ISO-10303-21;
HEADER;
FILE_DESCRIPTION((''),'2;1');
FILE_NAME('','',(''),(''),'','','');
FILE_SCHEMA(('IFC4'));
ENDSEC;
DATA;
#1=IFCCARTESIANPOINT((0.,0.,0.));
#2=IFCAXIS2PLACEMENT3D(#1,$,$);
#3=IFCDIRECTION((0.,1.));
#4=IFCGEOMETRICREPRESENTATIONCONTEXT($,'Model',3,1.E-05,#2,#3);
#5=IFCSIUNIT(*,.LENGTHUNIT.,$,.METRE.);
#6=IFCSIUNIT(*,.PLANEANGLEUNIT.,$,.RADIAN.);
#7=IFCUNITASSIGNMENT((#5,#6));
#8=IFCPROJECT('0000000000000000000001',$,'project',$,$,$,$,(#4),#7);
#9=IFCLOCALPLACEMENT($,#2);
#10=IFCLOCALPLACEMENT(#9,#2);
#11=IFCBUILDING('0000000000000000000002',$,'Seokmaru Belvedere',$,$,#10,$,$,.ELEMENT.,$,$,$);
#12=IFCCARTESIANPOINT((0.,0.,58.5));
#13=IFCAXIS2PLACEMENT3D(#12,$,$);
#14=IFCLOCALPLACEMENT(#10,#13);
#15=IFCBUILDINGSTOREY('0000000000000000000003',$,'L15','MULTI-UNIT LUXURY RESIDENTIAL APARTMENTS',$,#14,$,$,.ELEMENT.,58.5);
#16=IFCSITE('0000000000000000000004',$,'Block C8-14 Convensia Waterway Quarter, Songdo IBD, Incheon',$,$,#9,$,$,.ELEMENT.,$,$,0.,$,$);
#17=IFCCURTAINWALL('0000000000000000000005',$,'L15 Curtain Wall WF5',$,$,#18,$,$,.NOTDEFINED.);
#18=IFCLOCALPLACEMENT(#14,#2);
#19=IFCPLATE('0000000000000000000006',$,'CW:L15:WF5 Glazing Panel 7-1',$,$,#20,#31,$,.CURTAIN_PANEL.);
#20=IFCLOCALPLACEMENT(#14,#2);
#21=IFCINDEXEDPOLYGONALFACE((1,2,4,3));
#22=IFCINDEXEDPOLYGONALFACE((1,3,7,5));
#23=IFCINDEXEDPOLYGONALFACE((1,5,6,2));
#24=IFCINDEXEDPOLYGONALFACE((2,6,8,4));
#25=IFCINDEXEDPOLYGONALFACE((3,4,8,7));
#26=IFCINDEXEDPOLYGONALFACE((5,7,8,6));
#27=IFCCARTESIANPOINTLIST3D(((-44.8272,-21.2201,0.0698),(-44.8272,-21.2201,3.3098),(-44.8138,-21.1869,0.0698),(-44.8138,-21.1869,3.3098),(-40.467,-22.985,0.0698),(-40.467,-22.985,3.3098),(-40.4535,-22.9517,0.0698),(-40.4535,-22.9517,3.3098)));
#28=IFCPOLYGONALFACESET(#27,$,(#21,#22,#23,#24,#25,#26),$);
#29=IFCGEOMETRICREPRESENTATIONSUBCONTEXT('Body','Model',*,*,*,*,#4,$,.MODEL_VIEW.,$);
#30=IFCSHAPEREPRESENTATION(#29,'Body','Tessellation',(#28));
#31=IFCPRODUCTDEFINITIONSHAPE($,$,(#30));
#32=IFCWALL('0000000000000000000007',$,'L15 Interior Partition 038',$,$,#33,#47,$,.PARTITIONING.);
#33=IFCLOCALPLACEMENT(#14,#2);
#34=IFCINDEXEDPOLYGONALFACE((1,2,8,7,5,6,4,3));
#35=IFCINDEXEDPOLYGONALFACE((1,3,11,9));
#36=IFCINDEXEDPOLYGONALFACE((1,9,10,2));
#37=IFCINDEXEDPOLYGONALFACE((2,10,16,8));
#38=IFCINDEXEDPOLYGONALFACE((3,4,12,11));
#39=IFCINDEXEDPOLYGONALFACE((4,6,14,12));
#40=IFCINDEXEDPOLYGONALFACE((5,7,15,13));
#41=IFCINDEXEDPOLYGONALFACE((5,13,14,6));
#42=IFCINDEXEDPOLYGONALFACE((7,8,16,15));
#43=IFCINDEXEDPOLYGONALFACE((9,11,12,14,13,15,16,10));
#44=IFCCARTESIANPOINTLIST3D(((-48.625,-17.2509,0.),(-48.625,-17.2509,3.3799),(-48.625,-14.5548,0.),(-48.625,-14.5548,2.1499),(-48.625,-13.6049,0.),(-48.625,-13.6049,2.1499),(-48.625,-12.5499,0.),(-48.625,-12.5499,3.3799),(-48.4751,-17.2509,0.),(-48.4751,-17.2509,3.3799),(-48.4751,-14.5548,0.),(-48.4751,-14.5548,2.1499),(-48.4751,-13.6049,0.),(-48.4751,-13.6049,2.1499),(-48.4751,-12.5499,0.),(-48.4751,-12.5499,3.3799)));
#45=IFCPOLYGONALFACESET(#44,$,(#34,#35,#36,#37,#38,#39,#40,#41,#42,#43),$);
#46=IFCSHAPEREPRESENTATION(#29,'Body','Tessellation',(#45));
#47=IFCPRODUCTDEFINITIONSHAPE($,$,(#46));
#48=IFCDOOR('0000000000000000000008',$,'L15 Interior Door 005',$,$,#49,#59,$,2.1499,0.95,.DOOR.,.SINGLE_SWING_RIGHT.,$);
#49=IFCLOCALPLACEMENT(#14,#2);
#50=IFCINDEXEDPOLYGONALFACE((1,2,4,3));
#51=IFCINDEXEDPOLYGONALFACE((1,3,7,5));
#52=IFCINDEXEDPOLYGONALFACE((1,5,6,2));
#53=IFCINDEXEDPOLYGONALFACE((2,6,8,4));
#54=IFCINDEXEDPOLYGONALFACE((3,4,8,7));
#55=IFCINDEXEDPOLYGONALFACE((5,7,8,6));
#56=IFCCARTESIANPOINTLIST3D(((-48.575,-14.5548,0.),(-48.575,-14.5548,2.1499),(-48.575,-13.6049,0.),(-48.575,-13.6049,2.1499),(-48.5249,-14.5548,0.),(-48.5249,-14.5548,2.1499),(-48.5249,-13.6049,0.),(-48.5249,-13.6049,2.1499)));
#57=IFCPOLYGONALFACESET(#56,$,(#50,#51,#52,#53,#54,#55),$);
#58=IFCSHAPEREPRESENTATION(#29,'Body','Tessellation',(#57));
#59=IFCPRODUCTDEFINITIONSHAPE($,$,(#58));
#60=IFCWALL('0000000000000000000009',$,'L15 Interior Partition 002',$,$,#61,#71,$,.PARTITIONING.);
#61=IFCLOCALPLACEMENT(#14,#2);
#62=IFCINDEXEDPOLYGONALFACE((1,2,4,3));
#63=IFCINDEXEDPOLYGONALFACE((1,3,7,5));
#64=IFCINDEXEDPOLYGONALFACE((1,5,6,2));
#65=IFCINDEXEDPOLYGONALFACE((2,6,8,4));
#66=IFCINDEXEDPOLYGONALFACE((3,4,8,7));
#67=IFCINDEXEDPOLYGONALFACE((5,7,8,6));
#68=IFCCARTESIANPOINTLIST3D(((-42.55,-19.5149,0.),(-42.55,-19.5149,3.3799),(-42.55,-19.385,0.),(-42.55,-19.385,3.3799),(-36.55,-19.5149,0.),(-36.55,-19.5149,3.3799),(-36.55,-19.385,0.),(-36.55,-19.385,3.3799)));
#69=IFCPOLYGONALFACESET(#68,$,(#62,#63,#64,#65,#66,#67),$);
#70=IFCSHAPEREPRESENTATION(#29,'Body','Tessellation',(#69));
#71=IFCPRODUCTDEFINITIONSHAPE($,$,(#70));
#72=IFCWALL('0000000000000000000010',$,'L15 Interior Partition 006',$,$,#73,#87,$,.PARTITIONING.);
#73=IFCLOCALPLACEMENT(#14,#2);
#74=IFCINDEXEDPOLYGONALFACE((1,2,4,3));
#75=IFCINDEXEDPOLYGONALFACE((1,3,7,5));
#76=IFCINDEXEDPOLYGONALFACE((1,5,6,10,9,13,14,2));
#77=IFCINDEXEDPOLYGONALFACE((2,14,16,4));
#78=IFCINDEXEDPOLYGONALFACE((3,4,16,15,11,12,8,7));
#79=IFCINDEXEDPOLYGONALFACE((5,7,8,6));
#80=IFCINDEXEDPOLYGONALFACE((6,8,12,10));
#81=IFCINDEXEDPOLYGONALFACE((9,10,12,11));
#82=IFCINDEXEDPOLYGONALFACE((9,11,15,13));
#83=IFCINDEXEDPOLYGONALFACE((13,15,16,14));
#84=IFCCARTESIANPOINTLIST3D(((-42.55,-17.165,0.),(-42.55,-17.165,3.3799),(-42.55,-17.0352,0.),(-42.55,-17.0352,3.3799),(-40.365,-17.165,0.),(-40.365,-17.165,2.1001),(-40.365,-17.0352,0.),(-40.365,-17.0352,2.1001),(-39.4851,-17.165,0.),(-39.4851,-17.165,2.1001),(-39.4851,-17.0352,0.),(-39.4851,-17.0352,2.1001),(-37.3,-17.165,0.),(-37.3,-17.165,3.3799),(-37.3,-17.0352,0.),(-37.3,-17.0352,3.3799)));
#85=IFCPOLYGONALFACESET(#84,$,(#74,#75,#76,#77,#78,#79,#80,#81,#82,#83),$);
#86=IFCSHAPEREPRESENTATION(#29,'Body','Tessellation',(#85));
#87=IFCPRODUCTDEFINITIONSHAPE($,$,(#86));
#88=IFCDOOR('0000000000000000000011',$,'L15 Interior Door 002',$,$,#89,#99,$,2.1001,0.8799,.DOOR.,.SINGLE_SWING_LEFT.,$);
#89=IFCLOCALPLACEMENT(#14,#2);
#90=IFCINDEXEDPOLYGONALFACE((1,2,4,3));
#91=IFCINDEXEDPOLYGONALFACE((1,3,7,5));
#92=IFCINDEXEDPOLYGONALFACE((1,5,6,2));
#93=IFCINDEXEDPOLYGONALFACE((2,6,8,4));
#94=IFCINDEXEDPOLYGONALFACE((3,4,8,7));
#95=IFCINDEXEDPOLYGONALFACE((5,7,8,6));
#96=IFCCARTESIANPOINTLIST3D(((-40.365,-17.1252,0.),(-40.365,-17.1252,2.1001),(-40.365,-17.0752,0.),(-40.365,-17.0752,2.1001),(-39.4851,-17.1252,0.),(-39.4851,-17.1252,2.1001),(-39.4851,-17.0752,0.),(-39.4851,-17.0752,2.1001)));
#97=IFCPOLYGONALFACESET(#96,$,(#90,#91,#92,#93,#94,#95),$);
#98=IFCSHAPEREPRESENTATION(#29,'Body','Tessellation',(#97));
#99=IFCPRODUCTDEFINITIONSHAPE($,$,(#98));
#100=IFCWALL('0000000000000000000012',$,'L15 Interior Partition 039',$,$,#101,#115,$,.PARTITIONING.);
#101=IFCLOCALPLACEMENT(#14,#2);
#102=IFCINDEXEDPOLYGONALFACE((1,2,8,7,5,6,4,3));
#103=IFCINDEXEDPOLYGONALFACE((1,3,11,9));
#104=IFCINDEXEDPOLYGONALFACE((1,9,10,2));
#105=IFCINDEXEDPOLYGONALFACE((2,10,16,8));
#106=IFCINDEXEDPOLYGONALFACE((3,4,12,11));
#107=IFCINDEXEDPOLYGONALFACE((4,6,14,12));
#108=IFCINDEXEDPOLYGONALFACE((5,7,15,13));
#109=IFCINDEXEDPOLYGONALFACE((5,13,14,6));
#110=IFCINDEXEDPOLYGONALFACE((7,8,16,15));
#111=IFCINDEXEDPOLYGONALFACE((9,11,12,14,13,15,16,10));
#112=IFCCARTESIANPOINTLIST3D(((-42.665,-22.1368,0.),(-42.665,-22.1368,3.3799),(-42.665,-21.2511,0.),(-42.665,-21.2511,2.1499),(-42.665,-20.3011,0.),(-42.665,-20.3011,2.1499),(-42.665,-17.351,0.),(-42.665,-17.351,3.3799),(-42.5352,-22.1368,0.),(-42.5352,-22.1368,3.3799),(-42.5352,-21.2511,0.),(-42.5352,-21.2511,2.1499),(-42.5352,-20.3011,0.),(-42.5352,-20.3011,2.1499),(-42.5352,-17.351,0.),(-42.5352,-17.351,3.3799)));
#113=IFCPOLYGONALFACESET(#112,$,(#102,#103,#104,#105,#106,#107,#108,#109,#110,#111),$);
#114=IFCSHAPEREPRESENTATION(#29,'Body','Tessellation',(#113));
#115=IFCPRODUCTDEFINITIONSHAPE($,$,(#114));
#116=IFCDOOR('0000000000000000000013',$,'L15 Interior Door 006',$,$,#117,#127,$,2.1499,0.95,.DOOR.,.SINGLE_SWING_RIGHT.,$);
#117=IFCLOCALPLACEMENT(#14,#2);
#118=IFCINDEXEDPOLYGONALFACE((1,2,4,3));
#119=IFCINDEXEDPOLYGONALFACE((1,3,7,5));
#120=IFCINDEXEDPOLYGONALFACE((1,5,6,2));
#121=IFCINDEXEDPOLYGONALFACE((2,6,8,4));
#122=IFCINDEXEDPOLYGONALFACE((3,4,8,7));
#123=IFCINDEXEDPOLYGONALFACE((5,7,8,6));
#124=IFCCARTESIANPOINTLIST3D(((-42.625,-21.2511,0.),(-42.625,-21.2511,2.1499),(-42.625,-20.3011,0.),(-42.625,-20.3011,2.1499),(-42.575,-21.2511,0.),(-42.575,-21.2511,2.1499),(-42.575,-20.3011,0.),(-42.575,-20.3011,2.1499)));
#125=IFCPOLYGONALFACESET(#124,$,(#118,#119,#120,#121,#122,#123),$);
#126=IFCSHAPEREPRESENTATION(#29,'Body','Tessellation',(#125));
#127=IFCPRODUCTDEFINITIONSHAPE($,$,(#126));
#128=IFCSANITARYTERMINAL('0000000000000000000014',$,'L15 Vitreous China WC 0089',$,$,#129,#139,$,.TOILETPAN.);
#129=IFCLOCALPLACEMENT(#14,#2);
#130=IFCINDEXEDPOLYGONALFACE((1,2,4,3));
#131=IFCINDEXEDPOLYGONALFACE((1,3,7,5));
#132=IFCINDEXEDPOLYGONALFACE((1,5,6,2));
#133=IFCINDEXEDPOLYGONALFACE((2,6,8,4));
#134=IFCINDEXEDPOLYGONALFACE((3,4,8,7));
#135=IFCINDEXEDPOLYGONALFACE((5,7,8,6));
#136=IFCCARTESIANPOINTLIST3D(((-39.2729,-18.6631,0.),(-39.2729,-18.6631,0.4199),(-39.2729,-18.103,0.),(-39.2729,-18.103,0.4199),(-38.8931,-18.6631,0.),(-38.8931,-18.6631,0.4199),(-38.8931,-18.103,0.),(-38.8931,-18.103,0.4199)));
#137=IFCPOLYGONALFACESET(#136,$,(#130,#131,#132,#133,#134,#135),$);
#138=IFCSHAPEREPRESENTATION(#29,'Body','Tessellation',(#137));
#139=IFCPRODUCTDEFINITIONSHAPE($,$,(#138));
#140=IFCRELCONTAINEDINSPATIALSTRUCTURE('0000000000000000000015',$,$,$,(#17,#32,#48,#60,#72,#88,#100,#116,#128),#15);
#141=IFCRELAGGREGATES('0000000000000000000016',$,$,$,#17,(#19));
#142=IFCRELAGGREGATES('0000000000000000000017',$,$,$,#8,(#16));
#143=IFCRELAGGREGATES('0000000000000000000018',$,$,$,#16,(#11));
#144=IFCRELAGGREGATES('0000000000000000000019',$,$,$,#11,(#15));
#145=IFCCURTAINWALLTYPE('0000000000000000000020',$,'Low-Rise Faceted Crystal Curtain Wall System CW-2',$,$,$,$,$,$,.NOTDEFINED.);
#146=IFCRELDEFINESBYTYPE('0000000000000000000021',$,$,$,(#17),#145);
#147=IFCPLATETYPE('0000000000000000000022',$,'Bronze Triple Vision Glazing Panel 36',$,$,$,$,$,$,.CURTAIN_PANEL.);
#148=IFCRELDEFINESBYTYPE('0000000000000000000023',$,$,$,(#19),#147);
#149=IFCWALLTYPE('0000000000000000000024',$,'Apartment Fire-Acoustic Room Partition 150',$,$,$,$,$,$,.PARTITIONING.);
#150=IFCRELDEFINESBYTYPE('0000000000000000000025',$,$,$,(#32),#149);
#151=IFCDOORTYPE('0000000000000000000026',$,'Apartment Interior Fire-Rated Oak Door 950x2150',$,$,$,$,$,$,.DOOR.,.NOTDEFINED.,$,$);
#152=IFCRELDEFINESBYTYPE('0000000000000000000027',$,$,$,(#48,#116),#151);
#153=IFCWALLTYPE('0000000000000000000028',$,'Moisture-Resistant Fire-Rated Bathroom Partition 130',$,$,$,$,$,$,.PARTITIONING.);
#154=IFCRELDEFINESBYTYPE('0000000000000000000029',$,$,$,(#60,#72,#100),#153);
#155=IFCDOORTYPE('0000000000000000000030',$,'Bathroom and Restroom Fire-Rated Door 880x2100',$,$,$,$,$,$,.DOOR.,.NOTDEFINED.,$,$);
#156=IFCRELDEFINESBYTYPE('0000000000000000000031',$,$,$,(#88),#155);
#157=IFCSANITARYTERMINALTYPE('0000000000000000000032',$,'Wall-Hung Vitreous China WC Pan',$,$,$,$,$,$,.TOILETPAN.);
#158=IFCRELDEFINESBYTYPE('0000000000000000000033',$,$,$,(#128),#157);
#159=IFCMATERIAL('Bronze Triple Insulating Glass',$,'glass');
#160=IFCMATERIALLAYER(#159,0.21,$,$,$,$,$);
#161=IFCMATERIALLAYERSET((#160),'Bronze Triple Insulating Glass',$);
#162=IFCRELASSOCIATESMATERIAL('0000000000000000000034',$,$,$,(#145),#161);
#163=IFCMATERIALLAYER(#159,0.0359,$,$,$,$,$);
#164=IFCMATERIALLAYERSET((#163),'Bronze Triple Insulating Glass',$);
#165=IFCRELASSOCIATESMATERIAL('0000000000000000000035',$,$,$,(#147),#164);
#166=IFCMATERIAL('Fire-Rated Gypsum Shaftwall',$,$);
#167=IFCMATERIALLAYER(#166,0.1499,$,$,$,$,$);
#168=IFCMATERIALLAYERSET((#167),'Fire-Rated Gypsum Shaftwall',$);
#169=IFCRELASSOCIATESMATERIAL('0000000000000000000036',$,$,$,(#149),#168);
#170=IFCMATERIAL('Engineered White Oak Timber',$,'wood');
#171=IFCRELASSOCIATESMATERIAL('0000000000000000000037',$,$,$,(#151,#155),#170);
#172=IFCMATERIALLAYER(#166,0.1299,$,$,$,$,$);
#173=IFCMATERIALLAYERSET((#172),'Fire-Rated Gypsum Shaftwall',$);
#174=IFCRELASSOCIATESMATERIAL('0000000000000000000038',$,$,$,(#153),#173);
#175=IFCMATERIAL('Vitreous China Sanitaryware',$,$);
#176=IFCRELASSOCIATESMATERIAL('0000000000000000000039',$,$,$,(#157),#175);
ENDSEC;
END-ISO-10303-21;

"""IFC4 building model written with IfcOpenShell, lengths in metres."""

from ifc_helpers import new_model, si_unit, direction, frame, frame_2d, origin, origin_2d, place, context, subcontext, project, spatial, rectangle, extrude, source, transform, mapped, material, layer, layer_set, type_object, type_shapes, element, fill, aggregate, save


model = new_model("IFC4")

# Units and contexts
model_context = context("Model", 3, precision=1e-05, world=origin(), true_north=direction((0.0, 1.0)))
body_context = subcontext(model_context, "Body", "Model", "MODEL_VIEW")
ifc_project = project(units=[si_unit("LENGTHUNIT", "METRE"), si_unit("PLANEANGLEUNIT", "RADIAN")], contexts=[model_context])

# Site, building, storey
site_placement = place(None, origin())
site = spatial("IfcSite", under=ifc_project, at=site_placement, Name="Block C8-14 Convensia Waterway Quarter, Songdo IBD, Incheon", CompositionType="ELEMENT", RefElevation=0.0)
building_placement = place(site_placement, origin())
building = spatial("IfcBuilding", under=site, at=building_placement, Name="Seokmaru Belvedere", CompositionType="ELEMENT")
storey_placement = place(building_placement, frame((0.0, 0.0, 58.5)))
storey = spatial("IfcBuildingStorey", under=building, at=storey_placement, Name="L15", Description="MULTI-UNIT LUXURY RESIDENTIAL APARTMENTS", CompositionType="ELEMENT", Elevation=58.5)

# Curtain wall, plate
ifc_material_1 = material(Name="Bronze Triple Insulating Glass", Category="glass")
ifc_layer_1 = layer(ifc_material_1, 0.21)
ifc_layer_set_1 = layer_set([ifc_layer_1], Name="Bronze Triple Insulating Glass")
curtain_wall_type = type_object("IfcCurtainWallType", Name="Low-Rise Faceted Crystal Curtain Wall System CW-2", PredefinedType="NOTDEFINED", material=ifc_layer_set_1)
curtain_wall_placement = place(storey_placement, origin())
curtain_wall = element("IfcCurtainWall", 1, at=curtain_wall_placement, inside=storey, type_object=curtain_wall_type, Name="L15 Curtain Wall WF5", PredefinedType="NOTDEFINED")
ifc_layer_2 = layer(ifc_material_1, 0.0359)
ifc_layer_set_2 = layer_set([ifc_layer_2], Name="Bronze Triple Insulating Glass")
plate_type = type_object("IfcPlateType", Name="Bronze Triple Vision Glazing Panel 36", PredefinedType="CURTAIN_PANEL", material=ifc_layer_set_2)
shared_shape_1 = source(origin(), body_context, "Body", "SweptSolid", [
    extrude(rectangle(XDim=4.7039, YDim=0.0359, at=origin_2d()), origin(), (0.0, 0.0, 1.0), 3.24),
])
type_shapes(plate_type, [shared_shape_1])
plate_1_placement = place(storey_placement, frame((-42.6404, -22.0859, 0.0698), z_axis=(0.0, 0.0, 1.0), x_axis=(0.926947, -0.375192, 0.0)))
plate_1 = element("IfcPlate", 2, at=plate_1_placement, type_object=plate_type, Name="CW:L15:WF5 Glazing Panel 7-1", PredefinedType="CURTAIN_PANEL", context=body_context, shape_type="MappedRepresentation", body=[
    mapped(shared_shape_1, transform((0.0, 0.0, 0.0), scale=1.0)),
])
aggregate(curtain_wall, [plate_1])

# Wall, opening, door
ifc_material_2 = material(Name="Fire-Rated Gypsum Shaftwall")
ifc_layer_3 = layer(ifc_material_2, 0.1499)
ifc_layer_set_3 = layer_set([ifc_layer_3], Name="Fire-Rated Gypsum Shaftwall")
wall_type_1 = type_object("IfcWallType", Name="Apartment Fire-Acoustic Room Partition 150", PredefinedType="PARTITIONING", material=ifc_layer_set_3)
wall_1_placement = place(storey_placement, frame((-48.55, -17.251, 0.0), z_axis=(0.0, 0.0, 1.0), x_axis=(0.0, 1.0, 0.0)))
wall_1 = element("IfcWall", 3, at=wall_1_placement, inside=storey, type_object=wall_type_1, Name="L15 Interior Partition 038", PredefinedType="PARTITIONING", context=body_context, shape_type="SweptSolid", body=[
    extrude(rectangle(XDim=4.7009, YDim=0.1499, at=frame_2d((2.3506, 0.0))), origin(), (0.0, 0.0, 1.0), 3.3799),
])
opening_1_placement = place(wall_1_placement, frame((2.696, 0.0, 0.0)))
opening_1 = element("IfcOpeningElement", 4, at=opening_1_placement, cuts=wall_1, PredefinedType="OPENING", context=body_context, shape_type="SweptSolid", body=[
    extrude(rectangle(XDim=0.95, YDim=2.1499, at=frame_2d((0.4751, 1.075))), frame((0.0, 0.085, 0.0), z_axis=(0.0, -1.0, 0.0), x_axis=(1.0, 0.0, 0.0)), (0.0, 0.0, 1.0), 0.1699),
])
ifc_material_3 = material(Name="Engineered White Oak Timber", Category="wood")
door_type_1 = type_object("IfcDoorType", Name="Apartment Interior Fire-Rated Oak Door 950x2150", OperationType="NOTDEFINED", PredefinedType="DOOR", material=ifc_material_3)
shared_shape_2 = source(origin(), body_context, "Body", "SweptSolid", [
    extrude(rectangle(XDim=0.95, YDim=2.1499, at=frame_2d((0.4751, 1.075))), frame((0.0, 0.0249, 0.0), z_axis=(0.0, -1.0, 0.0), x_axis=(1.0, 0.0, 0.0)), (0.0, 0.0, 1.0), 0.05),
])
type_shapes(door_type_1, [shared_shape_2])
door_1_placement = place(opening_1_placement, origin())
door_1 = element("IfcDoor", 5, at=door_1_placement, inside=storey, type_object=door_type_1, Name="L15 Interior Door 005", OperationType="SINGLE_SWING_RIGHT", OverallHeight=2.1499, OverallWidth=0.95, PredefinedType="DOOR", context=body_context, shape_type="MappedRepresentation", body=[
    mapped(shared_shape_2, transform((0.0, 0.0, 0.0), scale=1.0)),
])
fill(opening_1, door_1)

# Wall
ifc_layer_4 = layer(ifc_material_2, 0.1299)
ifc_layer_set_4 = layer_set([ifc_layer_4], Name="Fire-Rated Gypsum Shaftwall")
wall_type_2 = type_object("IfcWallType", Name="Moisture-Resistant Fire-Rated Bathroom Partition 130", PredefinedType="PARTITIONING", material=ifc_layer_set_4)
wall_2_placement = place(storey_placement, frame((-42.55, -19.45, 0.0), z_axis=(0.0, 0.0, 1.0), x_axis=(1.0, 0.0, 0.0)))
element("IfcWall", 6, at=wall_2_placement, inside=storey, type_object=wall_type_2, Name="L15 Interior Partition 002", PredefinedType="PARTITIONING", context=body_context, shape_type="SweptSolid", body=[
    extrude(rectangle(XDim=6.0, YDim=0.1299, at=frame_2d((3.0, 0.0))), origin(), (0.0, 0.0, 1.0), 3.3799),
])

# Walls, openings, doors
wall_3_placement = place(storey_placement, frame((-42.55, -17.1001, 0.0), z_axis=(0.0, 0.0, 1.0), x_axis=(1.0, 0.0, 0.0)))
wall_3 = element("IfcWall", 7, at=wall_3_placement, inside=storey, type_object=wall_type_2, Name="L15 Interior Partition 006", PredefinedType="PARTITIONING", context=body_context, shape_type="SweptSolid", body=[
    extrude(rectangle(XDim=5.25, YDim=0.1299, at=frame_2d((2.625, 0.0))), origin(), (0.0, 0.0, 1.0), 3.3799),
])
opening_2_placement = place(wall_3_placement, frame((2.1851, 0.0, 0.0)))
opening_2 = element("IfcOpeningElement", 8, at=opening_2_placement, cuts=wall_3, PredefinedType="OPENING", context=body_context, shape_type="SweptSolid", body=[
    extrude(rectangle(XDim=0.8799, YDim=2.1001, at=frame_2d((0.4399, 1.05))), frame((0.0, 0.075, 0.0), z_axis=(0.0, -1.0, 0.0), x_axis=(1.0, 0.0, 0.0)), (0.0, 0.0, 1.0), 0.1499),
])
door_type_2 = type_object("IfcDoorType", Name="Bathroom and Restroom Fire-Rated Door 880x2100", OperationType="NOTDEFINED", PredefinedType="DOOR", material=ifc_material_3)
shared_shape_3 = source(origin(), body_context, "Body", "SweptSolid", [
    extrude(rectangle(XDim=0.8799, YDim=2.1001, at=frame_2d((0.4399, 1.05))), frame((0.0, 0.0249, 0.0), z_axis=(0.0, -1.0, 0.0), x_axis=(1.0, 0.0, 0.0)), (0.0, 0.0, 1.0), 0.05),
])
type_shapes(door_type_2, [shared_shape_3])
door_2_placement = place(opening_2_placement, origin())
door_2 = element("IfcDoor", 9, at=door_2_placement, inside=storey, type_object=door_type_2, Name="L15 Interior Door 002", OperationType="SINGLE_SWING_LEFT", OverallHeight=2.1001, OverallWidth=0.8799, PredefinedType="DOOR", context=body_context, shape_type="MappedRepresentation", body=[
    mapped(shared_shape_3, transform((0.0, 0.0, 0.0), scale=1.0)),
])
fill(opening_2, door_2)
wall_4_placement = place(storey_placement, frame((-42.6001, -22.137, 0.0), z_axis=(0.0, 0.0, 1.0), x_axis=(0.0, 1.0, 0.0)))
wall_4 = element("IfcWall", 10, at=wall_4_placement, inside=storey, type_object=wall_type_2, Name="L15 Interior Partition 039", PredefinedType="PARTITIONING", context=body_context, shape_type="SweptSolid", body=[
    extrude(rectangle(XDim=4.7859, YDim=0.1299, at=frame_2d((2.3931, 0.0))), origin(), (0.0, 0.0, 1.0), 3.3799),
])
opening_3_placement = place(wall_4_placement, frame((0.8857, 0.0, 0.0)))
opening_3 = element("IfcOpeningElement", 11, at=opening_3_placement, cuts=wall_4, PredefinedType="OPENING", context=body_context, shape_type="SweptSolid", body=[
    extrude(rectangle(XDim=0.95, YDim=2.1499, at=frame_2d((0.4751, 1.075))), frame((0.0, 0.075, 0.0), z_axis=(0.0, -1.0, 0.0), x_axis=(1.0, 0.0, 0.0)), (0.0, 0.0, 1.0), 0.1499),
])
door_3_placement = place(opening_3_placement, origin())
door_3 = element("IfcDoor", 12, at=door_3_placement, inside=storey, type_object=door_type_1, Name="L15 Interior Door 006", OperationType="SINGLE_SWING_RIGHT", OverallHeight=2.1499, OverallWidth=0.95, PredefinedType="DOOR", context=body_context, shape_type="MappedRepresentation", body=[
    mapped(shared_shape_2, transform((0.0, 0.0, 0.0), scale=1.0)),
])
fill(opening_3, door_3)

# Sanitary terminal
ifc_material_4 = material(Name="Vitreous China Sanitaryware")
sanitary_terminal_type = type_object("IfcSanitaryTerminalType", Name="Wall-Hung Vitreous China WC Pan", PredefinedType="TOILETPAN", material=ifc_material_4)
shared_shape_4 = source(origin(), body_context, "Body", "SweptSolid", [
    extrude(rectangle(XDim=0.3799, YDim=0.5601, at=origin_2d()), origin(), (0.0, 0.0, 1.0), 0.4199),
])
type_shapes(sanitary_terminal_type, [shared_shape_4])
sanitary_terminal_placement = place(storey_placement, frame((-39.083, -18.3831, 0.0), z_axis=(0.0, 0.0, 1.0), x_axis=(1.0, 0.0, 0.0)))
element("IfcSanitaryTerminal", 13, at=sanitary_terminal_placement, inside=storey, type_object=sanitary_terminal_type, Name="L15 Vitreous China WC 0089", PredefinedType="TOILETPAN", context=body_context, shape_type="MappedRepresentation", body=[
    mapped(shared_shape_4, transform((0.0, 0.0, 0.0), scale=1.0)),
])

save(model, "model.ifc")
